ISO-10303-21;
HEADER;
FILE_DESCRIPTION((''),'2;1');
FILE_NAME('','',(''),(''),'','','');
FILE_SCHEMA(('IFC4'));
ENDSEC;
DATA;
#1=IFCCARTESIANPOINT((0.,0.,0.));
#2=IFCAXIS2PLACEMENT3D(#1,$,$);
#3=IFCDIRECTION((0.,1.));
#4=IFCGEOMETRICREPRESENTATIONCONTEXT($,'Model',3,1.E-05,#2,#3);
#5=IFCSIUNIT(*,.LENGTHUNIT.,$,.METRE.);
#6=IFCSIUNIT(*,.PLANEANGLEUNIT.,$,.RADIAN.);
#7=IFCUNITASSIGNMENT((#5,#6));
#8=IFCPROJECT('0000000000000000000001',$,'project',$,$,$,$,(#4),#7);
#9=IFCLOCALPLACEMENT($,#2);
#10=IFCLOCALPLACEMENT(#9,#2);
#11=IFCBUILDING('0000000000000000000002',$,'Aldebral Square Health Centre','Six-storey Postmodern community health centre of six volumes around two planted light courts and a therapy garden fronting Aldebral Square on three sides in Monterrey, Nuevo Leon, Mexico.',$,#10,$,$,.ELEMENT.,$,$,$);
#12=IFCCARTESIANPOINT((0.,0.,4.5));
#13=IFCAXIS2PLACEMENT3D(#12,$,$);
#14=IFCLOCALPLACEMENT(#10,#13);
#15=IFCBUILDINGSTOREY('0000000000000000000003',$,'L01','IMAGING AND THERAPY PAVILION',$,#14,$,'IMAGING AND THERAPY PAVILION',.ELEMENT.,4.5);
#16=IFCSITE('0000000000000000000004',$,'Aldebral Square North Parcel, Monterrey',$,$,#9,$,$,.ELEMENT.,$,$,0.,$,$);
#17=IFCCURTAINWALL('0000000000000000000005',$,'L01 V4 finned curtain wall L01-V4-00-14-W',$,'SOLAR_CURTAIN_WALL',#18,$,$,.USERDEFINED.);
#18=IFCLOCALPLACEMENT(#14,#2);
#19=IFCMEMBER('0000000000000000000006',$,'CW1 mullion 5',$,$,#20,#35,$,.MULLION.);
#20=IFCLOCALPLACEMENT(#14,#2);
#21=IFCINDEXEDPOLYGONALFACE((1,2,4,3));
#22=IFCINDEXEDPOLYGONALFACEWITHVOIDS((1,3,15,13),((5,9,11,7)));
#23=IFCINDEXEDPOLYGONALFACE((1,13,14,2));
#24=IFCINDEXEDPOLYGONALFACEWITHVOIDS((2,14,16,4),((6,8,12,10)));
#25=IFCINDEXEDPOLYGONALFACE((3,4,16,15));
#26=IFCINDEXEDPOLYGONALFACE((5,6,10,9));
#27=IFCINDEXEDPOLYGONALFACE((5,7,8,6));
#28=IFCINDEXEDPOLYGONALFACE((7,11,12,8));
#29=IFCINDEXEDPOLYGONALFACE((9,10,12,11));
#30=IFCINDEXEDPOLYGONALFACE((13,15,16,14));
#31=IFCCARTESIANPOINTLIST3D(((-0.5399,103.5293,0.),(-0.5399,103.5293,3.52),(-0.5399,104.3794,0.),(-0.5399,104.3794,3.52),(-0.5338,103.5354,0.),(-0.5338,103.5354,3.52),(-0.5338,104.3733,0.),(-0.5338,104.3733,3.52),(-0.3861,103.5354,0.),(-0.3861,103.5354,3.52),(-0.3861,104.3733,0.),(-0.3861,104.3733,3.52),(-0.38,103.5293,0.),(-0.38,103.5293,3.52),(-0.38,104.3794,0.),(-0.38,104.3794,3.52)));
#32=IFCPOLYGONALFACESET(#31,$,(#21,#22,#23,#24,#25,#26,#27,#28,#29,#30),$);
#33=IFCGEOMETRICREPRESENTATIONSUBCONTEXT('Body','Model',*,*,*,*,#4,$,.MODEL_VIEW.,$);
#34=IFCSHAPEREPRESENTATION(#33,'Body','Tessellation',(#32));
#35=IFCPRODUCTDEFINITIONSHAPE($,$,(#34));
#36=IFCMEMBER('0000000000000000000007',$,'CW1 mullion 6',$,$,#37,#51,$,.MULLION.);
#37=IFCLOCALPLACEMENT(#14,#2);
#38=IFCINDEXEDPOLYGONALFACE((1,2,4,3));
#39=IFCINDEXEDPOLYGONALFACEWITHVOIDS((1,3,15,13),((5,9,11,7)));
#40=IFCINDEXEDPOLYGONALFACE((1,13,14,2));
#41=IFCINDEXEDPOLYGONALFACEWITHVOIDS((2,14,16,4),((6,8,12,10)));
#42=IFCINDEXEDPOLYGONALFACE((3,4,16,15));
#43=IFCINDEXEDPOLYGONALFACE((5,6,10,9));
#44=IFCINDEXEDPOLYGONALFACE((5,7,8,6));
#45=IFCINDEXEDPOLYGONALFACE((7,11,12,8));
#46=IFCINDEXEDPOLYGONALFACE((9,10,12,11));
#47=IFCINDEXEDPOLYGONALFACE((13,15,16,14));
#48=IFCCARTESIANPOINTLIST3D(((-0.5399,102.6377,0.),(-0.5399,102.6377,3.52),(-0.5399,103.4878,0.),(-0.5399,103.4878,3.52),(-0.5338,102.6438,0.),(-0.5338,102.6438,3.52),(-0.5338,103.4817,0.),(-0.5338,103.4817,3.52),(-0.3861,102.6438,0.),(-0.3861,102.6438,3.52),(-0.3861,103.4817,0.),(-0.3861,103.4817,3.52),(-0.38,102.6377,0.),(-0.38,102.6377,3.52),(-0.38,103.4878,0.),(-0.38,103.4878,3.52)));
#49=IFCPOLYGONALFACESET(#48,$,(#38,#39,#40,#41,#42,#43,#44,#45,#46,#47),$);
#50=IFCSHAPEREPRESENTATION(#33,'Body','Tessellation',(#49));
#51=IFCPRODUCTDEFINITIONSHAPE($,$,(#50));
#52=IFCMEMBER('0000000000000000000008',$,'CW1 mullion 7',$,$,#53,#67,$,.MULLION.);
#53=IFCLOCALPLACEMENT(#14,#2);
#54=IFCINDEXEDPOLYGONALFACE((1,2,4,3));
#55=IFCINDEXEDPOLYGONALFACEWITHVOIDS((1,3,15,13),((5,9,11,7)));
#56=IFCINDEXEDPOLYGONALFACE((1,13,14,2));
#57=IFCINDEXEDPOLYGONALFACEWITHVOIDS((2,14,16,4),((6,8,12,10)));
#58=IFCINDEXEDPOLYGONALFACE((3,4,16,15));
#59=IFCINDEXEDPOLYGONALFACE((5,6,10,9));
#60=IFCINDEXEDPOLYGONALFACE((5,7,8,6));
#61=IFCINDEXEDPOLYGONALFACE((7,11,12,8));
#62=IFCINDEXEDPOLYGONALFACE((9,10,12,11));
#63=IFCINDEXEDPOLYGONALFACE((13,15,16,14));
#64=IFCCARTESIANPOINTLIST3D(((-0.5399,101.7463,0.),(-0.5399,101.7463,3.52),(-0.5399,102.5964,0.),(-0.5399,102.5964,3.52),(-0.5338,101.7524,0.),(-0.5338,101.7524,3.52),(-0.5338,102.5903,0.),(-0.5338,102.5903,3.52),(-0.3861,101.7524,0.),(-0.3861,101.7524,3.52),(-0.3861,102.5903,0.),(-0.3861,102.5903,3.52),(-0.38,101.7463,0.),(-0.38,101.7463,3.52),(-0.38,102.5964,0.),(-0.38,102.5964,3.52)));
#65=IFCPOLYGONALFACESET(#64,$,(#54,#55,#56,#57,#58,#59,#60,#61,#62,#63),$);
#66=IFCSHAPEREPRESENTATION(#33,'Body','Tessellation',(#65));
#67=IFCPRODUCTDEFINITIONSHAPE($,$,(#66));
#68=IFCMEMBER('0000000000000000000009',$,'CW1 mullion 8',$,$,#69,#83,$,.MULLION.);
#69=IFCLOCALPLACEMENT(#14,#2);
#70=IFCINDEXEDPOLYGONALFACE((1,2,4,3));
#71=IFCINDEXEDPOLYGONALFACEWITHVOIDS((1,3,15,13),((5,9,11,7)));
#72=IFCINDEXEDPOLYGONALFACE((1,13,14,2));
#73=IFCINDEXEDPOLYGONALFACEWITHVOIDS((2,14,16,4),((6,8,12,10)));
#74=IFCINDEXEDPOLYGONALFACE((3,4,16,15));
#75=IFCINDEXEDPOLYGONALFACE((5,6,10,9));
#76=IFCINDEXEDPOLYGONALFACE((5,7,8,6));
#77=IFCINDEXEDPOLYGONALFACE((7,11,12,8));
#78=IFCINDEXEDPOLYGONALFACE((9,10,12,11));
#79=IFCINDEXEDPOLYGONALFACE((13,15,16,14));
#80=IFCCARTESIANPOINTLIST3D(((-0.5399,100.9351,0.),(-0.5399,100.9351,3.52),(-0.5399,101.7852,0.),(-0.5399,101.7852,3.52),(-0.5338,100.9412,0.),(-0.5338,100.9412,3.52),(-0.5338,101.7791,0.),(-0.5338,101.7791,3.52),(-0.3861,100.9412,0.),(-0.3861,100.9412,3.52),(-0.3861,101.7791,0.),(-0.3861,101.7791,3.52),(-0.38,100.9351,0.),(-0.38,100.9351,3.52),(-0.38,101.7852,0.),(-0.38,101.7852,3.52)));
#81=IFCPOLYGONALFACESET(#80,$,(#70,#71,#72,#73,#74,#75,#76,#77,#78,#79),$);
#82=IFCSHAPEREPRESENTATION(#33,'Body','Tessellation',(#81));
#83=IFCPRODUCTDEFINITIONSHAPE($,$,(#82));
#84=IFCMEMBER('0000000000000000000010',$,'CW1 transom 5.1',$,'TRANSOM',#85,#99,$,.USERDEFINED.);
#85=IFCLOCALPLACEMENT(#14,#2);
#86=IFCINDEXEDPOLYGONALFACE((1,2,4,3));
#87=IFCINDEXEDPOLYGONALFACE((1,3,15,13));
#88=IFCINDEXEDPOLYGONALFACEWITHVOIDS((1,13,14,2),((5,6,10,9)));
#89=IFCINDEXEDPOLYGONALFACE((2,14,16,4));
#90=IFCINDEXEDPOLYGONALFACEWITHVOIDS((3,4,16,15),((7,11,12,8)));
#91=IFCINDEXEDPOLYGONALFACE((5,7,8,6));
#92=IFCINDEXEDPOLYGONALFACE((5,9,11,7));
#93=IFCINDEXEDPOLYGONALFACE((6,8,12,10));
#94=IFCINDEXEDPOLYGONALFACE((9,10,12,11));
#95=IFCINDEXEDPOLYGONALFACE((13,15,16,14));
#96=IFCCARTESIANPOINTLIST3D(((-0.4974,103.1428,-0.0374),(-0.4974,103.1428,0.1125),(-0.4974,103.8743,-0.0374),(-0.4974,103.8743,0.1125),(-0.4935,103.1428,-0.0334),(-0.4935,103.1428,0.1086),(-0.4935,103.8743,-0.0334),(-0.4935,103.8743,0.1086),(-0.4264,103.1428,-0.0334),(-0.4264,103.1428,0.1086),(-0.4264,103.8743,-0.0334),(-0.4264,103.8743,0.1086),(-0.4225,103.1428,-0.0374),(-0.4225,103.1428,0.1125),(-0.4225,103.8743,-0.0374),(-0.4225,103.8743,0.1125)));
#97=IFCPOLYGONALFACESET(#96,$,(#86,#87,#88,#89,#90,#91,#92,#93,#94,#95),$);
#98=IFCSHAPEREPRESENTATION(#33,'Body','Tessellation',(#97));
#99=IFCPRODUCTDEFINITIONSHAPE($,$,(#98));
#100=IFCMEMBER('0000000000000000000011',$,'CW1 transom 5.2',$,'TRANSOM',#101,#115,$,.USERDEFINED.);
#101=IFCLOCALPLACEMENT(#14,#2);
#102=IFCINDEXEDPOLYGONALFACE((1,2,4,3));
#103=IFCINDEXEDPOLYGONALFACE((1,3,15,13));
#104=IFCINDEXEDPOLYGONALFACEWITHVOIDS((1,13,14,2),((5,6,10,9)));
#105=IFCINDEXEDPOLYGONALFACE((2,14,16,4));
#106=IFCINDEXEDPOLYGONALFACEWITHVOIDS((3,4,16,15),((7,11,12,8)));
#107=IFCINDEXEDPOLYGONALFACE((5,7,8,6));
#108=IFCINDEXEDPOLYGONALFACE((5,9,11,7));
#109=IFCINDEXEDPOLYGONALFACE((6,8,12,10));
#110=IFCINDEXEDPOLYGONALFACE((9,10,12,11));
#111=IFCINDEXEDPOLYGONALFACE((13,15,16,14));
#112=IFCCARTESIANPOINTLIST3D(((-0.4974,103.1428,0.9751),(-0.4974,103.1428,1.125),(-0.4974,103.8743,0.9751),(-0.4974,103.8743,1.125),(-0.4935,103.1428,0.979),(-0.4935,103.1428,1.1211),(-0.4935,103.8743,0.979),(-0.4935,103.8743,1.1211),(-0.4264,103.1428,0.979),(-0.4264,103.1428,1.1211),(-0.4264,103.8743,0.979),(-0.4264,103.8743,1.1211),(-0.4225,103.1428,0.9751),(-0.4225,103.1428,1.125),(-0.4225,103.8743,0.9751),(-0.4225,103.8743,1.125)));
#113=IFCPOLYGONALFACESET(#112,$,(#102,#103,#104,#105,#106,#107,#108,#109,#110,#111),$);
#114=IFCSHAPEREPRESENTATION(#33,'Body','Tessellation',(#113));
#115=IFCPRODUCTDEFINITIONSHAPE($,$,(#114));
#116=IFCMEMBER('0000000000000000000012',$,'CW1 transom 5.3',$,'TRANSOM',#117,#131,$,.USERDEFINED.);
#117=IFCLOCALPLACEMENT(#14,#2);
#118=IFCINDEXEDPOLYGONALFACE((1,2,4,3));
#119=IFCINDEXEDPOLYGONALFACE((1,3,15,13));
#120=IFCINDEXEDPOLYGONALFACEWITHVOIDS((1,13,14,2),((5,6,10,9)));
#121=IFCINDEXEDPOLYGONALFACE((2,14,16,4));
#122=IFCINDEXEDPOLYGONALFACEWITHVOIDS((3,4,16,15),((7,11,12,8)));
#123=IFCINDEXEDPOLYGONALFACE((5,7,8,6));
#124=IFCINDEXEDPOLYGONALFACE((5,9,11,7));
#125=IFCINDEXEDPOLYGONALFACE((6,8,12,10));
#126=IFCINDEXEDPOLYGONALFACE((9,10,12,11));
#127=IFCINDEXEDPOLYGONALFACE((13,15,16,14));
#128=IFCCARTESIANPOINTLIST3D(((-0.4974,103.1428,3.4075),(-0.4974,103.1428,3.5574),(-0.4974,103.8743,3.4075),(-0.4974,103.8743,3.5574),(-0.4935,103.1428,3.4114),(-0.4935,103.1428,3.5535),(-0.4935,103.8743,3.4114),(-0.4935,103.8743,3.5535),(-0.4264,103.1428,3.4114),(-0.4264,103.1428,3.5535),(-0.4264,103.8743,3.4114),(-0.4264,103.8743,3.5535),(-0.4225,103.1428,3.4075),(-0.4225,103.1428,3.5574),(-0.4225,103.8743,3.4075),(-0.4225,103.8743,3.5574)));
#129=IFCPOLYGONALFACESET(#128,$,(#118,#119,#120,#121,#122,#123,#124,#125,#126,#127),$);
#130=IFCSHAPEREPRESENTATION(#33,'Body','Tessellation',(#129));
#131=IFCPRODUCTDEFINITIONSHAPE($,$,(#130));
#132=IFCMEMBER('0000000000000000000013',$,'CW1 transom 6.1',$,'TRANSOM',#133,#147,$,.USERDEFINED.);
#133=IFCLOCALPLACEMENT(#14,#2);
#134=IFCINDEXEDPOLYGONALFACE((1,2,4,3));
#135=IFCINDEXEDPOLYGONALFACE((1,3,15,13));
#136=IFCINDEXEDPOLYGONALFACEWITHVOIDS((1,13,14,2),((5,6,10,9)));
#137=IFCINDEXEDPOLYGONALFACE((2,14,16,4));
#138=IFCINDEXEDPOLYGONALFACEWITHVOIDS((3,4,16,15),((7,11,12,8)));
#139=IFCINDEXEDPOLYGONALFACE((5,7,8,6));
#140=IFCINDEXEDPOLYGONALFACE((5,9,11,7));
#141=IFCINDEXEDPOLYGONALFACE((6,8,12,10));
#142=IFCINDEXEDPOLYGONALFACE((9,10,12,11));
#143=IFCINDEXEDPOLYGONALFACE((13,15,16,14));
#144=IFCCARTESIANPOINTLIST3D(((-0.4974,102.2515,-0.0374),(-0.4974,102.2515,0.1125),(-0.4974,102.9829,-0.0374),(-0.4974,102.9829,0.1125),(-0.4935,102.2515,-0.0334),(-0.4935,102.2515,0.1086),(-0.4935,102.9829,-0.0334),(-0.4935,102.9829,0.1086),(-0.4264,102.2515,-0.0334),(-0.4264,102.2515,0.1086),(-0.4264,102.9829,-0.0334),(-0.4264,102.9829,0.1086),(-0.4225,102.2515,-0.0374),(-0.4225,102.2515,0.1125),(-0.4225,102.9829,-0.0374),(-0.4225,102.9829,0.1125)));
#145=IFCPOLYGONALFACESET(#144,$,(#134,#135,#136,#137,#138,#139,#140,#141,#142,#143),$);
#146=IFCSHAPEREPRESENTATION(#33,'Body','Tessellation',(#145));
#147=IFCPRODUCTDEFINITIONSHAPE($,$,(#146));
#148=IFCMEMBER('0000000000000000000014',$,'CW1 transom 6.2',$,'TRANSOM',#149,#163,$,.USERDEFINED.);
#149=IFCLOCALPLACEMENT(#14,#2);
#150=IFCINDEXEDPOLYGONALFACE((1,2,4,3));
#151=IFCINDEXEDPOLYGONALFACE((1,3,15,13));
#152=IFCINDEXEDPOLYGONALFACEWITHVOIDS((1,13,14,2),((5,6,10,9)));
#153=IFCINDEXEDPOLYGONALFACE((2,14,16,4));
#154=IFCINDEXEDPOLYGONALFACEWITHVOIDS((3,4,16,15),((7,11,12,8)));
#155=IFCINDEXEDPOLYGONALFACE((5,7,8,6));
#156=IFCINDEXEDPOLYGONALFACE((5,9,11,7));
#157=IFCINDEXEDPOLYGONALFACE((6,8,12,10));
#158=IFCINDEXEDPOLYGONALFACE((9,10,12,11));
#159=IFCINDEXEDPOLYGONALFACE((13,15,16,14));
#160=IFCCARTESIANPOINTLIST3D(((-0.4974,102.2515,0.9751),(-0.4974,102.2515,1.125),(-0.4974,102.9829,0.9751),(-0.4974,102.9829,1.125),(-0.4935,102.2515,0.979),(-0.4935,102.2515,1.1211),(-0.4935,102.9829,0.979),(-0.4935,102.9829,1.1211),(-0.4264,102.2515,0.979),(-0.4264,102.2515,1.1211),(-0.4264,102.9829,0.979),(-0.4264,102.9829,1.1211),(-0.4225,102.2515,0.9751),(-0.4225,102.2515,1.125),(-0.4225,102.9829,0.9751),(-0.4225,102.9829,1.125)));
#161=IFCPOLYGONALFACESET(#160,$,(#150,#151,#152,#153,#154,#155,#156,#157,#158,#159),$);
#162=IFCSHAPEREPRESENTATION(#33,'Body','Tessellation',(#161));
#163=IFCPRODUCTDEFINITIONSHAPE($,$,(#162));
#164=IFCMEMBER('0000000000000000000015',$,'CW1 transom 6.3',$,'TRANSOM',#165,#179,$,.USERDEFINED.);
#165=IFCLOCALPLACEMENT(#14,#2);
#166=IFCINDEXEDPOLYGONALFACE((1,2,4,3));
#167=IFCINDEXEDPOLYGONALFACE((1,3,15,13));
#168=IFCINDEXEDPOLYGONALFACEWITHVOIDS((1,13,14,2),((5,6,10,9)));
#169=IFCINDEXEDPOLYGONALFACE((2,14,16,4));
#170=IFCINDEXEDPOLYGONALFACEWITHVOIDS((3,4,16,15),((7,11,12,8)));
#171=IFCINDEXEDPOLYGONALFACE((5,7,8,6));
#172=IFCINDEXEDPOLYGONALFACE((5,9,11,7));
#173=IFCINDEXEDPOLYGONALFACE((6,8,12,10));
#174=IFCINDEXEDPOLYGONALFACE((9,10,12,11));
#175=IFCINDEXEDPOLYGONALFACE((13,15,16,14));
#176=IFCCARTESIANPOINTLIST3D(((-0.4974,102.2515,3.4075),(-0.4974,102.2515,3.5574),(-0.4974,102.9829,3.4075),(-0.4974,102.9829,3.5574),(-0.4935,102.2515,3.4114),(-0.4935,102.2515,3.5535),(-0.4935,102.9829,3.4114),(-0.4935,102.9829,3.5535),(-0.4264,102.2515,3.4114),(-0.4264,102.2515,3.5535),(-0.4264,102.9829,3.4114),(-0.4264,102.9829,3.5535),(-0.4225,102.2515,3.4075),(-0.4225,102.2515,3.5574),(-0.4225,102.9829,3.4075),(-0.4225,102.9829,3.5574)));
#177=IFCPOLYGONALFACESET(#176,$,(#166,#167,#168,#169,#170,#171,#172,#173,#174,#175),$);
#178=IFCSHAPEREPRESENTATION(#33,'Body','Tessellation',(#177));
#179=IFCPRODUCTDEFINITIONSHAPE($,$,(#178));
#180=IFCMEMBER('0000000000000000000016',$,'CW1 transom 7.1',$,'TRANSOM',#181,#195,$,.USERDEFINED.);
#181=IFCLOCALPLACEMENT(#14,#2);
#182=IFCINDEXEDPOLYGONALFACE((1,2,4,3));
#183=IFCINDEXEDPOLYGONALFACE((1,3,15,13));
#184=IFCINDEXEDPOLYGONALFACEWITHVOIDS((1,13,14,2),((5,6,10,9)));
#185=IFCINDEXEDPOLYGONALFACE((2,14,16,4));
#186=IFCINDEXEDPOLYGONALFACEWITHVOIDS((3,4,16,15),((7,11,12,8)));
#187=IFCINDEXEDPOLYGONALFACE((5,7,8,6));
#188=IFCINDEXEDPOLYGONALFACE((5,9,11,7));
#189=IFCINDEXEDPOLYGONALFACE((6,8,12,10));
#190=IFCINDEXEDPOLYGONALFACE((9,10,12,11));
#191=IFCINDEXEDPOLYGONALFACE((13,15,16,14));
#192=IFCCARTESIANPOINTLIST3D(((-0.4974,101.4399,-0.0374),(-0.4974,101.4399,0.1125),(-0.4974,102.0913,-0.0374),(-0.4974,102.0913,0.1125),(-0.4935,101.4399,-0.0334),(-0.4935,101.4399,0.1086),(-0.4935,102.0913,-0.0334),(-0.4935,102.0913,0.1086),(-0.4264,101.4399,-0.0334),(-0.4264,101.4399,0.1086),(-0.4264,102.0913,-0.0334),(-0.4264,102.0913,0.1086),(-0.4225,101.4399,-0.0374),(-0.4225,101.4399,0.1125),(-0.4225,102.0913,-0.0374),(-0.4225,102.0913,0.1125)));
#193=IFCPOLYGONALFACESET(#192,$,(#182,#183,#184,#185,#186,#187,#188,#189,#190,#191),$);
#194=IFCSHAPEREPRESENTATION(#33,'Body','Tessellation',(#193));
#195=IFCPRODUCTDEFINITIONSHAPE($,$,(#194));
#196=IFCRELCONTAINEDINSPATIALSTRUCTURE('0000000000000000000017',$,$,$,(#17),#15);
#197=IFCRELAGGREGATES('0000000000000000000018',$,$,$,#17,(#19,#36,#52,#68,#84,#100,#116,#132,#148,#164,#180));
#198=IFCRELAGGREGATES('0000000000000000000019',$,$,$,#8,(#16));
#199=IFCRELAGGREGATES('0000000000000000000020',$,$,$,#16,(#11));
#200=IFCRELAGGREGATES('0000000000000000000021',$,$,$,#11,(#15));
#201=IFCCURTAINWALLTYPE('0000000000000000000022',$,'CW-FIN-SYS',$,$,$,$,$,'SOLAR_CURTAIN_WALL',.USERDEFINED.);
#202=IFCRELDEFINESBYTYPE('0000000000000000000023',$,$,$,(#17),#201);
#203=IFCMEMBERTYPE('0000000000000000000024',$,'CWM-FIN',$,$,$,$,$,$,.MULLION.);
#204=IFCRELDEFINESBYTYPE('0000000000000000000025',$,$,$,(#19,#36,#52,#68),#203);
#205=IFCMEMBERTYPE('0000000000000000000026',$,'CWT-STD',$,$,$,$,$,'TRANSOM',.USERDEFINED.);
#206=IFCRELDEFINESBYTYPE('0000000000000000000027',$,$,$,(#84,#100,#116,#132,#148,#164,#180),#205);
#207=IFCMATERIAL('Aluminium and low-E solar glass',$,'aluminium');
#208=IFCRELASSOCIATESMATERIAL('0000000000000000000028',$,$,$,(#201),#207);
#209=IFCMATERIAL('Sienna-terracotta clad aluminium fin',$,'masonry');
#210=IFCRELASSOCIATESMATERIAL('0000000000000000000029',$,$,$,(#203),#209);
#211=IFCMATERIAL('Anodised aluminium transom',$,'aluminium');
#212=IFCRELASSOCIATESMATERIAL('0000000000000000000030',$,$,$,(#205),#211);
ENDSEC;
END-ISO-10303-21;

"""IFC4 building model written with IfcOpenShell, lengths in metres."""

from ifc_helpers import new_model, si_unit, direction, frame, origin, origin_2d, place, context, subcontext, project, spatial, hollow_rectangle, extrude, material, material_profile, profile_set, type_object, element, aggregate, save


model = new_model("IFC4")

# Units and contexts
model_context = context("Model", 3, precision=1e-05, world=origin(), true_north=direction((0.0, 1.0)))
body_context = subcontext(model_context, "Body", "Model", "MODEL_VIEW")
ifc_project = project(units=[si_unit("LENGTHUNIT", "METRE"), si_unit("PLANEANGLEUNIT", "RADIAN")], contexts=[model_context])

# Site, building, storey
site_placement = place(None, origin())
site = spatial("IfcSite", under=ifc_project, at=site_placement, Name="Aldebral Square North Parcel, Monterrey", CompositionType="ELEMENT", RefElevation=0.0)
building_placement = place(site_placement, origin())
building = spatial("IfcBuilding", under=site, at=building_placement, Name="Aldebral Square Health Centre", Description="Six-storey Postmodern community health centre of six volumes around two planted light courts and a therapy garden fronting Aldebral Square on three sides in Monterrey, Nuevo Leon, Mexico.", CompositionType="ELEMENT")
storey_placement = place(building_placement, frame((0.0, 0.0, 4.5)))
storey = spatial("IfcBuildingStorey", under=building, at=storey_placement, Name="L01", Description="IMAGING AND THERAPY PAVILION", LongName="IMAGING AND THERAPY PAVILION", CompositionType="ELEMENT", Elevation=4.5)

# Curtain wall, members
ifc_material_1 = material(Name="Aluminium and low-E solar glass", Category="aluminium")
curtain_wall_type = type_object("IfcCurtainWallType", Name="CW-FIN-SYS", ElementType="SOLAR_CURTAIN_WALL", PredefinedType="USERDEFINED", material=ifc_material_1)
curtain_wall_placement = place(storey_placement, origin())
curtain_wall = element("IfcCurtainWall", 1, at=curtain_wall_placement, inside=storey, type_object=curtain_wall_type, Name="L01 V4 finned curtain wall L01-V4-00-14-W", ObjectType="SOLAR_CURTAIN_WALL", PredefinedType="USERDEFINED")
ifc_material_2 = material(Name="Sienna-terracotta clad aluminium fin", Category="masonry")
ifc_material_profile_1 = material_profile(ifc_material_2, hollow_rectangle(XDim=0.1599, YDim=0.8501, WallThickness=0.0061, at=origin_2d()), Name="FIN 160x850x6")
ifc_profile_set_1 = profile_set([ifc_material_profile_1], Name="Sienna-terracotta clad aluminium fin")
member_type_1 = type_object("IfcMemberType", Name="CWM-FIN", PredefinedType="MULLION", material=ifc_profile_set_1)
member_1_placement = place(storey_placement, frame((-0.46, 103.9543, 0.0), z_axis=(0.0, 0.0, 1.0), x_axis=(1.0, 0.0, 0.0)))
member_1 = element("IfcMember", 2, at=member_1_placement, type_object=member_type_1, Name="CW1 mullion 5", PredefinedType="MULLION", context=body_context, shape_type="SweptSolid", body=[
    extrude(hollow_rectangle(XDim=0.1599, YDim=0.8501, WallThickness=0.0061, at=origin_2d()), origin(), (0.0, 0.0, 1.0), 3.52),
])
member_2_placement = place(storey_placement, frame((-0.46, 103.0627, 0.0), z_axis=(0.0, 0.0, 1.0), x_axis=(1.0, 0.0, 0.0)))
member_2 = element("IfcMember", 3, at=member_2_placement, type_object=member_type_1, Name="CW1 mullion 6", PredefinedType="MULLION", context=body_context, shape_type="SweptSolid", body=[
    extrude(hollow_rectangle(XDim=0.1599, YDim=0.8501, WallThickness=0.0061, at=origin_2d()), origin(), (0.0, 0.0, 1.0), 3.52),
])
member_3_placement = place(storey_placement, frame((-0.46, 102.1714, 0.0), z_axis=(0.0, 0.0, 1.0), x_axis=(1.0, 0.0, 0.0)))
member_3 = element("IfcMember", 4, at=member_3_placement, type_object=member_type_1, Name="CW1 mullion 7", PredefinedType="MULLION", context=body_context, shape_type="SweptSolid", body=[
    extrude(hollow_rectangle(XDim=0.1599, YDim=0.8501, WallThickness=0.0061, at=origin_2d()), origin(), (0.0, 0.0, 1.0), 3.52),
])
member_4_placement = place(storey_placement, frame((-0.46, 101.3601, 0.0), z_axis=(0.0, 0.0, 1.0), x_axis=(1.0, 0.0, 0.0)))
member_4 = element("IfcMember", 5, at=member_4_placement, type_object=member_type_1, Name="CW1 mullion 8", PredefinedType="MULLION", context=body_context, shape_type="SweptSolid", body=[
    extrude(hollow_rectangle(XDim=0.1599, YDim=0.8501, WallThickness=0.0061, at=origin_2d()), origin(), (0.0, 0.0, 1.0), 3.52),
])
ifc_material_3 = material(Name="Anodised aluminium transom", Category="aluminium")
ifc_material_profile_2 = material_profile(ifc_material_3, hollow_rectangle(XDim=0.075, YDim=0.1499, WallThickness=0.0039, at=origin_2d()), Name="CWT 75x150x4")
ifc_profile_set_2 = profile_set([ifc_material_profile_2], Name="Anodised aluminium transom")
member_type_2 = type_object("IfcMemberType", Name="CWT-STD", ElementType="TRANSOM", PredefinedType="USERDEFINED", material=ifc_profile_set_2)
member_5_placement = place(storey_placement, frame((-0.46, 103.8743, 0.0376), z_axis=(0.0, -1.0, 0.0), x_axis=(1.0, 0.0, 0.0)))
member_5 = element("IfcMember", 6, at=member_5_placement, type_object=member_type_2, Name="CW1 transom 5.1", ObjectType="TRANSOM", PredefinedType="USERDEFINED", context=body_context, shape_type="SweptSolid", body=[
    extrude(hollow_rectangle(XDim=0.075, YDim=0.1499, WallThickness=0.0039, at=origin_2d()), origin(), (0.0, 0.0, 1.0), 0.7314),
])
member_6_placement = place(storey_placement, frame((-0.46, 103.8743, 1.05), z_axis=(0.0, -1.0, 0.0), x_axis=(1.0, 0.0, 0.0)))
member_6 = element("IfcMember", 7, at=member_6_placement, type_object=member_type_2, Name="CW1 transom 5.2", ObjectType="TRANSOM", PredefinedType="USERDEFINED", context=body_context, shape_type="SweptSolid", body=[
    extrude(hollow_rectangle(XDim=0.075, YDim=0.1499, WallThickness=0.0039, at=origin_2d()), origin(), (0.0, 0.0, 1.0), 0.7314),
])
member_7_placement = place(storey_placement, frame((-0.46, 103.8743, 3.4824), z_axis=(0.0, -1.0, 0.0), x_axis=(1.0, 0.0, 0.0)))
member_7 = element("IfcMember", 8, at=member_7_placement, type_object=member_type_2, Name="CW1 transom 5.3", ObjectType="TRANSOM", PredefinedType="USERDEFINED", context=body_context, shape_type="SweptSolid", body=[
    extrude(hollow_rectangle(XDim=0.075, YDim=0.1499, WallThickness=0.0039, at=origin_2d()), origin(), (0.0, 0.0, 1.0), 0.7314),
])
member_8_placement = place(storey_placement, frame((-0.46, 102.9829, 0.0376), z_axis=(0.0, -1.0, 0.0), x_axis=(1.0, 0.0, 0.0)))
member_8 = element("IfcMember", 9, at=member_8_placement, type_object=member_type_2, Name="CW1 transom 6.1", ObjectType="TRANSOM", PredefinedType="USERDEFINED", context=body_context, shape_type="SweptSolid", body=[
    extrude(hollow_rectangle(XDim=0.075, YDim=0.1499, WallThickness=0.0039, at=origin_2d()), origin(), (0.0, 0.0, 1.0), 0.7314),
])
member_9_placement = place(storey_placement, frame((-0.46, 102.9829, 1.05), z_axis=(0.0, -1.0, 0.0), x_axis=(1.0, 0.0, 0.0)))
member_9 = element("IfcMember", 10, at=member_9_placement, type_object=member_type_2, Name="CW1 transom 6.2", ObjectType="TRANSOM", PredefinedType="USERDEFINED", context=body_context, shape_type="SweptSolid", body=[
    extrude(hollow_rectangle(XDim=0.075, YDim=0.1499, WallThickness=0.0039, at=origin_2d()), origin(), (0.0, 0.0, 1.0), 0.7314),
])
member_10_placement = place(storey_placement, frame((-0.46, 102.9829, 3.4824), z_axis=(0.0, -1.0, 0.0), x_axis=(1.0, 0.0, 0.0)))
member_10 = element("IfcMember", 11, at=member_10_placement, type_object=member_type_2, Name="CW1 transom 6.3", ObjectType="TRANSOM", PredefinedType="USERDEFINED", context=body_context, shape_type="SweptSolid", body=[
    extrude(hollow_rectangle(XDim=0.075, YDim=0.1499, WallThickness=0.0039, at=origin_2d()), origin(), (0.0, 0.0, 1.0), 0.7314),
])
member_11_placement = place(storey_placement, frame((-0.46, 102.0913, 0.0376), z_axis=(0.0, -1.0, 0.0), x_axis=(1.0, 0.0, 0.0)))
member_11 = element("IfcMember", 12, at=member_11_placement, type_object=member_type_2, Name="CW1 transom 7.1", ObjectType="TRANSOM", PredefinedType="USERDEFINED", context=body_context, shape_type="SweptSolid", body=[
    extrude(hollow_rectangle(XDim=0.075, YDim=0.1499, WallThickness=0.0039, at=origin_2d()), origin(), (0.0, 0.0, 1.0), 0.6514),
])
aggregate(curtain_wall, [member_1, member_2, member_3, member_4, member_5, member_6, member_7, member_8, member_9, member_10, member_11])

save(model, "model.ifc")
